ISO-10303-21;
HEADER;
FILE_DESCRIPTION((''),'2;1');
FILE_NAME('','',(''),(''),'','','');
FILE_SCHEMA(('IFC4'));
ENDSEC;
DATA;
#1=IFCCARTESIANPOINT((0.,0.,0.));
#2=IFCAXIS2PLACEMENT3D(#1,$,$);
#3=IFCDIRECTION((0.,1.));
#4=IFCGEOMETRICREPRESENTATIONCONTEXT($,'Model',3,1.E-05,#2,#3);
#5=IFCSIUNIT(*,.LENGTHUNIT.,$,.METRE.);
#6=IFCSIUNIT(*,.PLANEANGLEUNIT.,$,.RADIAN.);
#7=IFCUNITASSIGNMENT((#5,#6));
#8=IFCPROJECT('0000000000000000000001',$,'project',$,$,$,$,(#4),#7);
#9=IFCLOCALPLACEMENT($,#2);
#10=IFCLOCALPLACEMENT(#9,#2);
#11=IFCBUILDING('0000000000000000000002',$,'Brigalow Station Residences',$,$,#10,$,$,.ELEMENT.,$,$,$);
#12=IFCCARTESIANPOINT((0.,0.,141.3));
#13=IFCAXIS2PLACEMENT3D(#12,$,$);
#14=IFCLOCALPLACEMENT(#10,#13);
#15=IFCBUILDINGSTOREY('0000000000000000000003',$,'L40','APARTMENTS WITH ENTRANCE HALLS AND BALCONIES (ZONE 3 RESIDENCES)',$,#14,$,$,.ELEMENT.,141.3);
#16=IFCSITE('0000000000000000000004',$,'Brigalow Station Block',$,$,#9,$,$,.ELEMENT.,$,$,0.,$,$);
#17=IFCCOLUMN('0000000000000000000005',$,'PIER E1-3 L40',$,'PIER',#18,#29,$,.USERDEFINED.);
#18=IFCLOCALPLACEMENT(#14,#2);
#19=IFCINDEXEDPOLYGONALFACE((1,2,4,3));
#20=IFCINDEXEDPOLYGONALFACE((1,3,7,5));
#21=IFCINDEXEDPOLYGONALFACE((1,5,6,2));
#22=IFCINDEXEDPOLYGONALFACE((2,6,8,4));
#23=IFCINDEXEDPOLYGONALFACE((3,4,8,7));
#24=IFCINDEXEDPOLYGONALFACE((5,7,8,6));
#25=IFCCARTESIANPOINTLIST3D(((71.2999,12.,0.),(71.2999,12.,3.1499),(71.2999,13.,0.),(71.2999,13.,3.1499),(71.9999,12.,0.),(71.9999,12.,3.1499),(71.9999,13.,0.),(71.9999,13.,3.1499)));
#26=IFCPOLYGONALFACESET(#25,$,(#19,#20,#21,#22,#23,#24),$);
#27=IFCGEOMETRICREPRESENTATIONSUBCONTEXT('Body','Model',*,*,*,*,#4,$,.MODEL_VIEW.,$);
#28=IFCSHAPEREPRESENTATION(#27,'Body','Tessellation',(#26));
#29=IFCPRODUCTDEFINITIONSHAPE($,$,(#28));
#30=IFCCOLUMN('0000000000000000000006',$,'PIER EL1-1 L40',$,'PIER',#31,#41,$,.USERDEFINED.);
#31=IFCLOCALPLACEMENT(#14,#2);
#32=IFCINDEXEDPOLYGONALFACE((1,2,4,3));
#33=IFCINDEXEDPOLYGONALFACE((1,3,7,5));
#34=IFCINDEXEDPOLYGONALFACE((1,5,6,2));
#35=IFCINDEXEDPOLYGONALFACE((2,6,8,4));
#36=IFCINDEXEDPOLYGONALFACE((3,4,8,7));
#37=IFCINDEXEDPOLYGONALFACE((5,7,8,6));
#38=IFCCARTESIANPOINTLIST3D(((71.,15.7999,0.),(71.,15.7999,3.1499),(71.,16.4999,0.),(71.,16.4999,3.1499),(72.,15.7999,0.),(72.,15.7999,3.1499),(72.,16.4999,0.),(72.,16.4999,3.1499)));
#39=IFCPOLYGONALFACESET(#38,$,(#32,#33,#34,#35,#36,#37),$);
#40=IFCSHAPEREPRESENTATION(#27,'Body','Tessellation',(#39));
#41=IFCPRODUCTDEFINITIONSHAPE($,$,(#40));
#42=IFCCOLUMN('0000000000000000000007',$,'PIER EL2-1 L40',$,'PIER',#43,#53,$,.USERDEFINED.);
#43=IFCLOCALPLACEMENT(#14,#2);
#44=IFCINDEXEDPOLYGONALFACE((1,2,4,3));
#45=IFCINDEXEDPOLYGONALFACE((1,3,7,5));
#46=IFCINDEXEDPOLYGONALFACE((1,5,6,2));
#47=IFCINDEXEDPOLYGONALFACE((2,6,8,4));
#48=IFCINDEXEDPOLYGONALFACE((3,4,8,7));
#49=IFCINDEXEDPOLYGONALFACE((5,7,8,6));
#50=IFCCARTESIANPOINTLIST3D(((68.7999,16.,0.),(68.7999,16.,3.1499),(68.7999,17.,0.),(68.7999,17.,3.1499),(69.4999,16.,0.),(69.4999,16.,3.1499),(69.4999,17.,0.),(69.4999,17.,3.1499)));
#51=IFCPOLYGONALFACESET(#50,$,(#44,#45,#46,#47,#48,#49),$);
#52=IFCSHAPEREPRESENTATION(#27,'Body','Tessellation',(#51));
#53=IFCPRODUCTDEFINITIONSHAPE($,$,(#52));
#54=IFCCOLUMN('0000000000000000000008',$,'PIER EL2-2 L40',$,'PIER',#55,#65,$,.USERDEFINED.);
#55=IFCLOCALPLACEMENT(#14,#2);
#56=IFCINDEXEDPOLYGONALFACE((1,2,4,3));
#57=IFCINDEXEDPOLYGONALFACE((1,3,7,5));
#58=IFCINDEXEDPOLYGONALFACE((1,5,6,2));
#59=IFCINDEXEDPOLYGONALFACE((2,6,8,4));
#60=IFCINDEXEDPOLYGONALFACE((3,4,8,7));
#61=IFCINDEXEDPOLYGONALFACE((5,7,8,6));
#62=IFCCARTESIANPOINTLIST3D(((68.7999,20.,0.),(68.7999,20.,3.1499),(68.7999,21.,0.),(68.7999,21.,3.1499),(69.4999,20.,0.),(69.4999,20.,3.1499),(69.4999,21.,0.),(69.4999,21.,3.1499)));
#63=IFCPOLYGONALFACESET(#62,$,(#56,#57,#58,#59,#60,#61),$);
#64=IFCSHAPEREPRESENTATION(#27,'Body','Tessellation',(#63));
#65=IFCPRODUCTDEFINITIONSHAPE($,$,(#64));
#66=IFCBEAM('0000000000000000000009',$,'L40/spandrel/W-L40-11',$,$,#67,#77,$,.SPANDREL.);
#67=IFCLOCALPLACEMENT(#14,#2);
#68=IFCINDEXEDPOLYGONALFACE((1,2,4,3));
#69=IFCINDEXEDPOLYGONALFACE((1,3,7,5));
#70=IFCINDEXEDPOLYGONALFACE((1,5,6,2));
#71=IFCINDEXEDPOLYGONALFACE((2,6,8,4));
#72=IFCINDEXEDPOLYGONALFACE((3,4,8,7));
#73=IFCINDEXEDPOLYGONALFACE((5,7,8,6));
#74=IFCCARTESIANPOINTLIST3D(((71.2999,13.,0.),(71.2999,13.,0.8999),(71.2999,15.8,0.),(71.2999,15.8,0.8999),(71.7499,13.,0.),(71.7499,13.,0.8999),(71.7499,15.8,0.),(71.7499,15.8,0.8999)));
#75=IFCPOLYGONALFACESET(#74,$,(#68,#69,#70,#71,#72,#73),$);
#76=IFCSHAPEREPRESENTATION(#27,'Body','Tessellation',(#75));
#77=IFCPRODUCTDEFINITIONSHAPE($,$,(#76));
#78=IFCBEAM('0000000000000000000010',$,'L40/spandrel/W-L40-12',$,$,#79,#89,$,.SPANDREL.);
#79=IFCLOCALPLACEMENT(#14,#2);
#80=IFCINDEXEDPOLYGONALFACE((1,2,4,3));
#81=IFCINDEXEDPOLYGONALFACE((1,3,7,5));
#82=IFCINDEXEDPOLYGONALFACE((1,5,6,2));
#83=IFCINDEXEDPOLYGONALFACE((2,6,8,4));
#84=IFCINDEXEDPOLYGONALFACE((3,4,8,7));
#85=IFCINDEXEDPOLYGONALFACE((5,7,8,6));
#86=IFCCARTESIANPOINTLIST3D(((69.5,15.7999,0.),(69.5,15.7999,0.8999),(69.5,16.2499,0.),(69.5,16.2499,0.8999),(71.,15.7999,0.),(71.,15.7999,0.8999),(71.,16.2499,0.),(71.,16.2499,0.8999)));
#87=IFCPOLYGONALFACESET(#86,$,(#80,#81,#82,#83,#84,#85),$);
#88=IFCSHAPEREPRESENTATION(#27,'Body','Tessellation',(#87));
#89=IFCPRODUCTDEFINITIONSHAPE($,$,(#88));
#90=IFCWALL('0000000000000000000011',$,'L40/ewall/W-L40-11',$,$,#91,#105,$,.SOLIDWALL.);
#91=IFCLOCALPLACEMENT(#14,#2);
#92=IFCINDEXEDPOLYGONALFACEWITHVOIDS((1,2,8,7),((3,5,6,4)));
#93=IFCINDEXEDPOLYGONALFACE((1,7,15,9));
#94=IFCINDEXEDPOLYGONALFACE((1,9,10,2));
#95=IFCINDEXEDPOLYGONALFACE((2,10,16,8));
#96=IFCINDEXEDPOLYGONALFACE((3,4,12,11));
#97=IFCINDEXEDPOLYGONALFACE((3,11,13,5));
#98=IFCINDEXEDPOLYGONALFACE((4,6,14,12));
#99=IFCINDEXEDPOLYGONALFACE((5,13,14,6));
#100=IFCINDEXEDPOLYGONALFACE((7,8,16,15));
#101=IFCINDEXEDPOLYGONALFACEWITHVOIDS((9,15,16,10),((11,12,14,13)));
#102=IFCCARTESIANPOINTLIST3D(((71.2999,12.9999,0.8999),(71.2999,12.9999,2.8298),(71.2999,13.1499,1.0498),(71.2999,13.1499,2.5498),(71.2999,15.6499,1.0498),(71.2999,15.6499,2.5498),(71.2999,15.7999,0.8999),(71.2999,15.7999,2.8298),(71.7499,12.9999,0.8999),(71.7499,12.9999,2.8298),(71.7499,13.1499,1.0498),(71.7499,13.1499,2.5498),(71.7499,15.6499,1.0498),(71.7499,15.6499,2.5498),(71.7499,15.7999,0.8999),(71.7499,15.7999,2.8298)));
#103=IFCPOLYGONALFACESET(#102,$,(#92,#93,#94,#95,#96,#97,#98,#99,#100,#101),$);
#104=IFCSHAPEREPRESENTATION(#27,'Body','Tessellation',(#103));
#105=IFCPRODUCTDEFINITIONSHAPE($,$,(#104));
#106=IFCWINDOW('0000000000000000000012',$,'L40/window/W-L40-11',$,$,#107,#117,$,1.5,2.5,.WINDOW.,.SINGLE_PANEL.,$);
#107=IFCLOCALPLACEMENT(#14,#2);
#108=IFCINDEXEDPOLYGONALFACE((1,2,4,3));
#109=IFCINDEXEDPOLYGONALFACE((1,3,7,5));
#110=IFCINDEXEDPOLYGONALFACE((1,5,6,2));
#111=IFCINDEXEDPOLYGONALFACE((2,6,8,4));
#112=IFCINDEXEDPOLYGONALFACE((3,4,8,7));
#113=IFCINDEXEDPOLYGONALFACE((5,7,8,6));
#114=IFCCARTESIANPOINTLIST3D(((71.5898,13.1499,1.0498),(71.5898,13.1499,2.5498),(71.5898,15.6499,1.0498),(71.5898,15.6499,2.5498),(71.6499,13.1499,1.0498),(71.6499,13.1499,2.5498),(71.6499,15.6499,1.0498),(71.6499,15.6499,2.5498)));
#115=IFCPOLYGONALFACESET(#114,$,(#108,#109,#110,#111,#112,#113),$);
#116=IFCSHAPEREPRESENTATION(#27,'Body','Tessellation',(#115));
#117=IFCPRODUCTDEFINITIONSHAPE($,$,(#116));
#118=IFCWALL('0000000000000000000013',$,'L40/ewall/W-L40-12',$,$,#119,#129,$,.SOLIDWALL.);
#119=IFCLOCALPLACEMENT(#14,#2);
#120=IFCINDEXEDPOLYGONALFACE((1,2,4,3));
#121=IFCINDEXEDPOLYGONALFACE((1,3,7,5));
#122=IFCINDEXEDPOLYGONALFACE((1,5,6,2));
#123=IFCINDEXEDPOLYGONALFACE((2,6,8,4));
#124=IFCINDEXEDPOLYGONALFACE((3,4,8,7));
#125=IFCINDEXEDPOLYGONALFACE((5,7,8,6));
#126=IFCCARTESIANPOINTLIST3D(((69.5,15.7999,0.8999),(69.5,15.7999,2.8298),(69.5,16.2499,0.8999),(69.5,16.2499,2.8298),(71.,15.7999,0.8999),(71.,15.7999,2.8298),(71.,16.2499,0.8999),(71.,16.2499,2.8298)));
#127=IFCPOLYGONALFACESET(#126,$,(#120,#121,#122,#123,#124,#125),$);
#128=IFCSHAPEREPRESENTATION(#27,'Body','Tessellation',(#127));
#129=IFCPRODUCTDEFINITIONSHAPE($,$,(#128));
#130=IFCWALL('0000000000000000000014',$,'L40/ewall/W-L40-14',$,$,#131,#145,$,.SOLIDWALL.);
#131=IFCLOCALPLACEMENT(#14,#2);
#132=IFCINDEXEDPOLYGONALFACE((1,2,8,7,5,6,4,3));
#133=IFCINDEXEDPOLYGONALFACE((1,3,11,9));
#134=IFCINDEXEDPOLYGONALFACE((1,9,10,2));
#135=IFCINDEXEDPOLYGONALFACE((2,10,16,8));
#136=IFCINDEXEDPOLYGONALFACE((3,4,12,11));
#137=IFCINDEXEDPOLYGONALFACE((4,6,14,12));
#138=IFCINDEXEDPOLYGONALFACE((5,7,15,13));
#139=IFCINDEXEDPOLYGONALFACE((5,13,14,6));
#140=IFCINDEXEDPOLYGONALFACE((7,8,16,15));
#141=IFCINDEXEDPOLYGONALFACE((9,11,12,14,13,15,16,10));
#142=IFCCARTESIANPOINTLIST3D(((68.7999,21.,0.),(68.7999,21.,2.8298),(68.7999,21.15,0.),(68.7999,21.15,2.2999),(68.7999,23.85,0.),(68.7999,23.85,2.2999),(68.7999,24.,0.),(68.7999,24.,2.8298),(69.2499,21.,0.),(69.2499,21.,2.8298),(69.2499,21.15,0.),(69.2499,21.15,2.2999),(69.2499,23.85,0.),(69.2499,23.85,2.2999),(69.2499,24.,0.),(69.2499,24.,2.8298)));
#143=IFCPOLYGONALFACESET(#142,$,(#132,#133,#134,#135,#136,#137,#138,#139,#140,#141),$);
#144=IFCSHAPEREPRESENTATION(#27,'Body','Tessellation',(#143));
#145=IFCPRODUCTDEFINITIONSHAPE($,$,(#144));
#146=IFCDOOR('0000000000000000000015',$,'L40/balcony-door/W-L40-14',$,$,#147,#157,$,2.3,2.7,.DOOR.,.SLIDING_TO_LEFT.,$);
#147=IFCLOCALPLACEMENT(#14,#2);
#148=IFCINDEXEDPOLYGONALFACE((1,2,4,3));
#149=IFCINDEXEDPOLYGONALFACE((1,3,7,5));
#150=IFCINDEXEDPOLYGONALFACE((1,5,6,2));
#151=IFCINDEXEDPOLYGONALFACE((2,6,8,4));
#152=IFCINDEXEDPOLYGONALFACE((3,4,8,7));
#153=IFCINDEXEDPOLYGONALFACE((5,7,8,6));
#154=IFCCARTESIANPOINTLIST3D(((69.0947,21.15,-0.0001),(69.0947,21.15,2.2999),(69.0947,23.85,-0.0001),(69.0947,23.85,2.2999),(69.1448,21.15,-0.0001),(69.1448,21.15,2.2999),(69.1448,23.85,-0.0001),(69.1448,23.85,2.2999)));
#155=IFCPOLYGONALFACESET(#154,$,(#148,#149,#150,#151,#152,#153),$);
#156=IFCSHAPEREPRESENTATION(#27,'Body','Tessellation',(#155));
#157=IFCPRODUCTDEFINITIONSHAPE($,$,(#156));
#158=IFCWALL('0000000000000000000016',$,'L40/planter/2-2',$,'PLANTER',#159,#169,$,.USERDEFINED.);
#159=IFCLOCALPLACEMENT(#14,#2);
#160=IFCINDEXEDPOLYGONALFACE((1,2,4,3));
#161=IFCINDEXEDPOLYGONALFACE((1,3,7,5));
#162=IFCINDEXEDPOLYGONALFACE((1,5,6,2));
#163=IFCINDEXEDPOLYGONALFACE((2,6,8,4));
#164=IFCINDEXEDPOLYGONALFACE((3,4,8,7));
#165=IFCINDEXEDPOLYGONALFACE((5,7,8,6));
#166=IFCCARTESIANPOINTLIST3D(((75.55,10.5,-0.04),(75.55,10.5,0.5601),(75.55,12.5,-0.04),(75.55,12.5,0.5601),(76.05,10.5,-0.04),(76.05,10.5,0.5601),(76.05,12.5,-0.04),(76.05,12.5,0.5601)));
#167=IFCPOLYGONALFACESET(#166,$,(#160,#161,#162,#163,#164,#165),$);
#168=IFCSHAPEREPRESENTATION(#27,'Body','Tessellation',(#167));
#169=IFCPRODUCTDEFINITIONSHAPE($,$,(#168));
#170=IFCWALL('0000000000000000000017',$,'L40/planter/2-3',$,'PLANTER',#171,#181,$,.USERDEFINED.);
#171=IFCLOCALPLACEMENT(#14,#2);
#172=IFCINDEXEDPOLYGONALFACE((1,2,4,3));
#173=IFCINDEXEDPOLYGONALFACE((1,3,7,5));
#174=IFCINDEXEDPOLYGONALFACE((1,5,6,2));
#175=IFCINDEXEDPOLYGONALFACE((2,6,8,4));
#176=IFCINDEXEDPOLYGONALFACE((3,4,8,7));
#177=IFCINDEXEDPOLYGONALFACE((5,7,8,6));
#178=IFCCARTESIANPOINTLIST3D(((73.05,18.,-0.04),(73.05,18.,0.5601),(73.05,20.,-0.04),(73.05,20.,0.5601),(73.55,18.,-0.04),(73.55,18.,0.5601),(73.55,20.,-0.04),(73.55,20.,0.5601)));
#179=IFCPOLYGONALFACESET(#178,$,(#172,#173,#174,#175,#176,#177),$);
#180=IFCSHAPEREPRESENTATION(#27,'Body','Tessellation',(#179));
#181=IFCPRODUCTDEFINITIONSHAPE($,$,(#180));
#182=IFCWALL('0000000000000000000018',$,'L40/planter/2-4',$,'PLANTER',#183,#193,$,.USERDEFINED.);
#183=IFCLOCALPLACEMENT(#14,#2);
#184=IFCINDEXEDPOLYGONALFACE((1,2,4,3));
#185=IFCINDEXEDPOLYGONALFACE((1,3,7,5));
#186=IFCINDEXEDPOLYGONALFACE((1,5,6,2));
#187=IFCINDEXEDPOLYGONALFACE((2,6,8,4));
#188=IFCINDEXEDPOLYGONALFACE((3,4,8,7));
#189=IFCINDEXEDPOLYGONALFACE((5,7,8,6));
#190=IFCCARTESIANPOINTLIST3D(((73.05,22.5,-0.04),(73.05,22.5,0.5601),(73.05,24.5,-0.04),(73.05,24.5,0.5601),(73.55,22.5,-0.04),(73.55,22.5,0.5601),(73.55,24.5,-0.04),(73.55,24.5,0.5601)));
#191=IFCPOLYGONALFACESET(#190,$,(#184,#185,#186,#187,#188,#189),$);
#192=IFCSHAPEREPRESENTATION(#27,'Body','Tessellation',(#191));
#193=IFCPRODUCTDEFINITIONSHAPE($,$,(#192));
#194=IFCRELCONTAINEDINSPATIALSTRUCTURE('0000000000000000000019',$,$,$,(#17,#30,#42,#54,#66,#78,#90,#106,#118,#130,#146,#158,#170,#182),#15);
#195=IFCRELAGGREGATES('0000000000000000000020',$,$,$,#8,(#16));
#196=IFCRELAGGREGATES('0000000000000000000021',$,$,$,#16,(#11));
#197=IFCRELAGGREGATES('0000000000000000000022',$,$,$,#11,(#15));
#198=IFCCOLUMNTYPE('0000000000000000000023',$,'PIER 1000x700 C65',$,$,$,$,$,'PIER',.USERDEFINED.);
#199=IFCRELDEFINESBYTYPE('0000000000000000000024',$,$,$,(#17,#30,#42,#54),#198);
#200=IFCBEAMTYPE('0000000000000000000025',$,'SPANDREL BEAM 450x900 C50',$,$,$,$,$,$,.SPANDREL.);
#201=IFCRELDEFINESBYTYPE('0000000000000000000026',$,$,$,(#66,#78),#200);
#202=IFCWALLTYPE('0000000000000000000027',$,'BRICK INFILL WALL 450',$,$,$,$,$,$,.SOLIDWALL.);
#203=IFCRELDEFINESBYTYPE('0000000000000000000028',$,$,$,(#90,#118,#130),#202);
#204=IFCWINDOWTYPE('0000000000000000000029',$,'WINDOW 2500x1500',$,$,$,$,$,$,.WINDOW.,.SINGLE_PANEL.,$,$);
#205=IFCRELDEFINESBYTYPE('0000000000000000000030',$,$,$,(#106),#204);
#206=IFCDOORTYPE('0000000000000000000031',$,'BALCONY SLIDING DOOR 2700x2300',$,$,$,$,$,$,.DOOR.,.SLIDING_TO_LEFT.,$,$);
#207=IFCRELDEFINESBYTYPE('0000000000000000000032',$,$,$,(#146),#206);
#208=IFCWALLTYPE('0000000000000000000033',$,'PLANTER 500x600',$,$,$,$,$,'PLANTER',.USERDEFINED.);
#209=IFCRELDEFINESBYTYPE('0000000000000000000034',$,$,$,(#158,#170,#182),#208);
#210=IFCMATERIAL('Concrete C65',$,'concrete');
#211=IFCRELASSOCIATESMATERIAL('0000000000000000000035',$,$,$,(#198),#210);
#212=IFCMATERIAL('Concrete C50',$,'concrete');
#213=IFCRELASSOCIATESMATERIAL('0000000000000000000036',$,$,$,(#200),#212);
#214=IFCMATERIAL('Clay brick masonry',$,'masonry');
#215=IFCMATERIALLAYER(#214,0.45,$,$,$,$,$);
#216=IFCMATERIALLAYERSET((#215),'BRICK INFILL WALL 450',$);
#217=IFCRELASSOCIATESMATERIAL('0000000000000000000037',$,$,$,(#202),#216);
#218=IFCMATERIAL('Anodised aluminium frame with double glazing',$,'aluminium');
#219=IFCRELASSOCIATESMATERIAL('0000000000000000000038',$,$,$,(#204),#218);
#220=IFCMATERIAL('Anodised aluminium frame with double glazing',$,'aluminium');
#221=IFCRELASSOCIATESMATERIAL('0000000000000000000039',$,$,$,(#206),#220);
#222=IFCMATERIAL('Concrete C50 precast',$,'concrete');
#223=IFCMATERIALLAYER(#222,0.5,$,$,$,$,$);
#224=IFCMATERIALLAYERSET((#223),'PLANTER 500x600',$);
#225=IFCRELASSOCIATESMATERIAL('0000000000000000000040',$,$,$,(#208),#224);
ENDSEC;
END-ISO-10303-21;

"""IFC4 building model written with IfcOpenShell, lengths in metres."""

from ifc_helpers import new_model, si_unit, direction, frame, frame_2d, origin, origin_2d, place, context, subcontext, project, spatial, rectangle, extrude, material, layer, layer_set, material_profile, profile_set, type_object, element, fill, save


model = new_model("IFC4")

# Units and contexts
model_context = context("Model", 3, precision=1e-05, world=origin(), true_north=direction((0.0, 1.0)))
body_context = subcontext(model_context, "Body", "Model", "MODEL_VIEW")
ifc_project = project(units=[si_unit("LENGTHUNIT", "METRE"), si_unit("PLANEANGLEUNIT", "RADIAN")], contexts=[model_context])

# Site, building, storey
site_placement = place(None, origin())
site = spatial("IfcSite", under=ifc_project, at=site_placement, Name="Brigalow Station Block", CompositionType="ELEMENT", RefElevation=0.0)
building_placement = place(site_placement, origin())
building = spatial("IfcBuilding", under=site, at=building_placement, Name="Brigalow Station Residences", CompositionType="ELEMENT")
storey_placement = place(building_placement, frame((0.0, 0.0, 141.3)))
storey = spatial("IfcBuildingStorey", under=building, at=storey_placement, Name="L40", Description="APARTMENTS WITH ENTRANCE HALLS AND BALCONIES (ZONE 3 RESIDENCES)", CompositionType="ELEMENT", Elevation=141.3)

# Columns
ifc_material_1 = material(Name="Concrete C65", Category="concrete")
ifc_material_profile_1 = material_profile(ifc_material_1, rectangle(XDim=1.0, YDim=0.7, at=origin_2d()), Name="RC1000x700")
ifc_profile_set_1 = profile_set([ifc_material_profile_1], Name="Concrete C65")
column_type = type_object("IfcColumnType", Name="PIER 1000x700 C65", ElementType="PIER", PredefinedType="USERDEFINED", material=ifc_profile_set_1)
for number, where, z_axis, x_axis, name in (
    (1, (71.6499, 12.5, 0.0), (0.0, 0.0, 1.0), (0.0, 1.0, 0.0), "PIER E1-3 L40"),
    (2, (71.5, 16.1499, 0.0), (0.0, 0.0, 1.0), (-1.0, 0.0, 0.0), "PIER EL1-1 L40"),
    (3, (69.1499, 16.5, 0.0), (0.0, 0.0, 1.0), (0.0, 1.0, 0.0), "PIER EL2-1 L40"),
    (4, (69.1499, 20.5, 0.0), (0.0, 0.0, 1.0), (0.0, 1.0, 0.0), "PIER EL2-2 L40"),
):
    element("IfcColumn", number, at=place(storey_placement, frame(where, z_axis=z_axis, x_axis=x_axis)), inside=storey, type_object=column_type, Name=name, ObjectType="PIER", PredefinedType="USERDEFINED", context=body_context, shape_type="SweptSolid", body=[
        extrude(rectangle(XDim=1.0, YDim=0.7, at=origin_2d()), origin(), (0.0, 0.0, 1.0), 3.1499),
    ])

# Beams
ifc_material_2 = material(Name="Concrete C50", Category="concrete")
ifc_material_profile_2 = material_profile(ifc_material_2, rectangle(XDim=0.45, YDim=0.8999, at=origin_2d()), Name="RC450x900")
ifc_profile_set_2 = profile_set([ifc_material_profile_2], Name="Concrete C50")
beam_type = type_object("IfcBeamType", Name="SPANDREL BEAM 450x900 C50", PredefinedType="SPANDREL", material=ifc_profile_set_2)
beam_1_placement = place(storey_placement, frame((71.5249, 13.0, 0.45), z_axis=(0.0, 1.0, 0.0), x_axis=(-1.0, 0.0, 0.0)))
element("IfcBeam", 5, at=beam_1_placement, inside=storey, type_object=beam_type, Name="L40/spandrel/W-L40-11", PredefinedType="SPANDREL", context=body_context, shape_type="SweptSolid", body=[
    extrude(rectangle(XDim=0.45, YDim=0.8999, at=origin_2d()), origin(), (0.0, 0.0, 1.0), 2.8),
])
beam_2_placement = place(storey_placement, frame((71.0, 16.0249, 0.45), z_axis=(-1.0, 0.0, 0.0), x_axis=(0.0, -1.0, 0.0)))
element("IfcBeam", 6, at=beam_2_placement, inside=storey, type_object=beam_type, Name="L40/spandrel/W-L40-12", PredefinedType="SPANDREL", context=body_context, shape_type="SweptSolid", body=[
    extrude(rectangle(XDim=0.45, YDim=0.8999, at=origin_2d()), origin(), (0.0, 0.0, 1.0), 1.5),
])

# Wall, opening, window
ifc_material_3 = material(Name="Clay brick masonry", Category="masonry")
ifc_layer_1 = layer(ifc_material_3, 0.45)
ifc_layer_set_1 = layer_set([ifc_layer_1], Name="BRICK INFILL WALL 450")
wall_type_1 = type_object("IfcWallType", Name="BRICK INFILL WALL 450", PredefinedType="SOLIDWALL", material=ifc_layer_set_1)
wall_1_placement = place(storey_placement, frame((71.5249, 13.0, 0.8999), z_axis=(0.0, 0.0, 1.0), x_axis=(0.0, 1.0, 0.0)))
wall_1 = element("IfcWall", 7, at=wall_1_placement, inside=storey, type_object=wall_type_1, Name="L40/ewall/W-L40-11", PredefinedType="SOLIDWALL", context=body_context, shape_type="SweptSolid", body=[
    extrude(rectangle(XDim=2.8, YDim=0.45, at=frame_2d((1.3999, 0.0))), origin(), (0.0, 0.0, 1.0), 1.9299),
])
opening_1_placement = place(wall_1_placement, frame((0.1499, 0.0, 0.1499)))
opening_1 = element("IfcOpeningElement", 8, at=opening_1_placement, cuts=wall_1, PredefinedType="OPENING", context=body_context, shape_type="SweptSolid", body=[
    extrude(rectangle(XDim=2.5, YDim=1.5, at=frame_2d((1.25, 0.75))), frame((0.0, 0.2349, 0.0), z_axis=(0.0, -1.0, 0.0), x_axis=(1.0, 0.0, 0.0)), (0.0, 0.0, 1.0), 0.47),
])
ifc_material_4 = material(Name="Anodised aluminium frame with double glazing", Category="aluminium")
window_type = type_object("IfcWindowType", Name="WINDOW 2500x1500", PartitioningType="SINGLE_PANEL", PredefinedType="WINDOW", material=ifc_material_4)
window_placement = place(opening_1_placement, origin())
window = element("IfcWindow", 9, at=window_placement, inside=storey, type_object=window_type, Name="L40/window/W-L40-11", OverallHeight=1.5, OverallWidth=2.5, PartitioningType="SINGLE_PANEL", PredefinedType="WINDOW", context=body_context, shape_type="SweptSolid", body=[
    extrude(rectangle(XDim=2.5, YDim=1.5, at=frame_2d((1.25, 0.75))), frame((0.0, -0.0649, 0.0), z_axis=(0.0, -1.0, 0.0), x_axis=(1.0, 0.0, 0.0)), (0.0, 0.0, 1.0), 0.0601),
])
fill(opening_1, window)

# Wall
wall_2_placement = place(storey_placement, frame((71.0, 16.0249, 0.8999), z_axis=(0.0, 0.0, 1.0), x_axis=(-1.0, 0.0, 0.0)))
element("IfcWall", 10, at=wall_2_placement, inside=storey, type_object=wall_type_1, Name="L40/ewall/W-L40-12", PredefinedType="SOLIDWALL", context=body_context, shape_type="SweptSolid", body=[
    extrude(rectangle(XDim=1.5, YDim=0.45, at=frame_2d((0.75, 0.0))), origin(), (0.0, 0.0, 1.0), 1.9299),
])

# Wall, opening, door
wall_3_placement = place(storey_placement, frame((69.0249, 21.0, 0.0), z_axis=(0.0, 0.0, 1.0), x_axis=(0.0, 1.0, 0.0)))
wall_3 = element("IfcWall", 11, at=wall_3_placement, inside=storey, type_object=wall_type_1, Name="L40/ewall/W-L40-14", PredefinedType="SOLIDWALL", context=body_context, shape_type="SweptSolid", body=[
    extrude(rectangle(XDim=3.0, YDim=0.45, at=frame_2d((1.5, 0.0))), origin(), (0.0, 0.0, 1.0), 2.8298),
])
opening_2_placement = place(wall_3_placement, frame((0.1499, 0.0, 0.0)))
opening_2 = element("IfcOpeningElement", 12, at=opening_2_placement, cuts=wall_3, PredefinedType="OPENING", context=body_context, shape_type="SweptSolid", body=[
    extrude(rectangle(XDim=2.7, YDim=2.3, at=frame_2d((1.3501, 1.1499))), frame((0.0, 0.2349, 0.0), z_axis=(0.0, -1.0, 0.0), x_axis=(1.0, 0.0, 0.0)), (0.0, 0.0, 1.0), 0.47),
])
ifc_material_5 = material(Name="Anodised aluminium frame with double glazing", Category="aluminium")
door_type = type_object("IfcDoorType", Name="BALCONY SLIDING DOOR 2700x2300", OperationType="SLIDING_TO_LEFT", PredefinedType="DOOR", material=ifc_material_5)
door_placement = place(opening_2_placement, origin())
door = element("IfcDoor", 13, at=door_placement, inside=storey, type_object=door_type, Name="L40/balcony-door/W-L40-14", OperationType="SLIDING_TO_LEFT", OverallHeight=2.3, OverallWidth=2.7, PredefinedType="DOOR", context=body_context, shape_type="SweptSolid", body=[
    extrude(rectangle(XDim=2.7, YDim=2.3, at=frame_2d((1.3501, 1.1499))), frame((0.0, -0.0698, 0.0), z_axis=(0.0, -1.0, 0.0), x_axis=(1.0, 0.0, 0.0)), (0.0, 0.0, 1.0), 0.05),
])
fill(opening_2, door)

# Walls
ifc_material_6 = material(Name="Concrete C50 precast", Category="concrete")
ifc_layer_2 = layer(ifc_material_6, 0.5)
ifc_layer_set_2 = layer_set([ifc_layer_2], Name="PLANTER 500x600")
wall_type_2 = type_object("IfcWallType", Name="PLANTER 500x600", ElementType="PLANTER", PredefinedType="USERDEFINED", material=ifc_layer_set_2)
for number, where, z_axis, x_axis, name in (
    (14, (75.8, 10.5, -0.04), (0.0, 0.0, 1.0), (0.0, 1.0, 0.0), "L40/planter/2-2"),
    (15, (73.3, 18.0, -0.04), (0.0, 0.0, 1.0), (0.0, 1.0, 0.0), "L40/planter/2-3"),
    (16, (73.3, 22.5, -0.04), (0.0, 0.0, 1.0), (0.0, 1.0, 0.0), "L40/planter/2-4"),
):
    element("IfcWall", number, at=place(storey_placement, frame(where, z_axis=z_axis, x_axis=x_axis)), inside=storey, type_object=wall_type_2, Name=name, ObjectType="PLANTER", PredefinedType="USERDEFINED", context=body_context, shape_type="SweptSolid", body=[
        extrude(rectangle(XDim=2.0, YDim=0.5, at=frame_2d((1.0, 0.0))), origin(), (0.0, 0.0, 1.0), 0.6001),
    ])

save(model, "model.ifc")
